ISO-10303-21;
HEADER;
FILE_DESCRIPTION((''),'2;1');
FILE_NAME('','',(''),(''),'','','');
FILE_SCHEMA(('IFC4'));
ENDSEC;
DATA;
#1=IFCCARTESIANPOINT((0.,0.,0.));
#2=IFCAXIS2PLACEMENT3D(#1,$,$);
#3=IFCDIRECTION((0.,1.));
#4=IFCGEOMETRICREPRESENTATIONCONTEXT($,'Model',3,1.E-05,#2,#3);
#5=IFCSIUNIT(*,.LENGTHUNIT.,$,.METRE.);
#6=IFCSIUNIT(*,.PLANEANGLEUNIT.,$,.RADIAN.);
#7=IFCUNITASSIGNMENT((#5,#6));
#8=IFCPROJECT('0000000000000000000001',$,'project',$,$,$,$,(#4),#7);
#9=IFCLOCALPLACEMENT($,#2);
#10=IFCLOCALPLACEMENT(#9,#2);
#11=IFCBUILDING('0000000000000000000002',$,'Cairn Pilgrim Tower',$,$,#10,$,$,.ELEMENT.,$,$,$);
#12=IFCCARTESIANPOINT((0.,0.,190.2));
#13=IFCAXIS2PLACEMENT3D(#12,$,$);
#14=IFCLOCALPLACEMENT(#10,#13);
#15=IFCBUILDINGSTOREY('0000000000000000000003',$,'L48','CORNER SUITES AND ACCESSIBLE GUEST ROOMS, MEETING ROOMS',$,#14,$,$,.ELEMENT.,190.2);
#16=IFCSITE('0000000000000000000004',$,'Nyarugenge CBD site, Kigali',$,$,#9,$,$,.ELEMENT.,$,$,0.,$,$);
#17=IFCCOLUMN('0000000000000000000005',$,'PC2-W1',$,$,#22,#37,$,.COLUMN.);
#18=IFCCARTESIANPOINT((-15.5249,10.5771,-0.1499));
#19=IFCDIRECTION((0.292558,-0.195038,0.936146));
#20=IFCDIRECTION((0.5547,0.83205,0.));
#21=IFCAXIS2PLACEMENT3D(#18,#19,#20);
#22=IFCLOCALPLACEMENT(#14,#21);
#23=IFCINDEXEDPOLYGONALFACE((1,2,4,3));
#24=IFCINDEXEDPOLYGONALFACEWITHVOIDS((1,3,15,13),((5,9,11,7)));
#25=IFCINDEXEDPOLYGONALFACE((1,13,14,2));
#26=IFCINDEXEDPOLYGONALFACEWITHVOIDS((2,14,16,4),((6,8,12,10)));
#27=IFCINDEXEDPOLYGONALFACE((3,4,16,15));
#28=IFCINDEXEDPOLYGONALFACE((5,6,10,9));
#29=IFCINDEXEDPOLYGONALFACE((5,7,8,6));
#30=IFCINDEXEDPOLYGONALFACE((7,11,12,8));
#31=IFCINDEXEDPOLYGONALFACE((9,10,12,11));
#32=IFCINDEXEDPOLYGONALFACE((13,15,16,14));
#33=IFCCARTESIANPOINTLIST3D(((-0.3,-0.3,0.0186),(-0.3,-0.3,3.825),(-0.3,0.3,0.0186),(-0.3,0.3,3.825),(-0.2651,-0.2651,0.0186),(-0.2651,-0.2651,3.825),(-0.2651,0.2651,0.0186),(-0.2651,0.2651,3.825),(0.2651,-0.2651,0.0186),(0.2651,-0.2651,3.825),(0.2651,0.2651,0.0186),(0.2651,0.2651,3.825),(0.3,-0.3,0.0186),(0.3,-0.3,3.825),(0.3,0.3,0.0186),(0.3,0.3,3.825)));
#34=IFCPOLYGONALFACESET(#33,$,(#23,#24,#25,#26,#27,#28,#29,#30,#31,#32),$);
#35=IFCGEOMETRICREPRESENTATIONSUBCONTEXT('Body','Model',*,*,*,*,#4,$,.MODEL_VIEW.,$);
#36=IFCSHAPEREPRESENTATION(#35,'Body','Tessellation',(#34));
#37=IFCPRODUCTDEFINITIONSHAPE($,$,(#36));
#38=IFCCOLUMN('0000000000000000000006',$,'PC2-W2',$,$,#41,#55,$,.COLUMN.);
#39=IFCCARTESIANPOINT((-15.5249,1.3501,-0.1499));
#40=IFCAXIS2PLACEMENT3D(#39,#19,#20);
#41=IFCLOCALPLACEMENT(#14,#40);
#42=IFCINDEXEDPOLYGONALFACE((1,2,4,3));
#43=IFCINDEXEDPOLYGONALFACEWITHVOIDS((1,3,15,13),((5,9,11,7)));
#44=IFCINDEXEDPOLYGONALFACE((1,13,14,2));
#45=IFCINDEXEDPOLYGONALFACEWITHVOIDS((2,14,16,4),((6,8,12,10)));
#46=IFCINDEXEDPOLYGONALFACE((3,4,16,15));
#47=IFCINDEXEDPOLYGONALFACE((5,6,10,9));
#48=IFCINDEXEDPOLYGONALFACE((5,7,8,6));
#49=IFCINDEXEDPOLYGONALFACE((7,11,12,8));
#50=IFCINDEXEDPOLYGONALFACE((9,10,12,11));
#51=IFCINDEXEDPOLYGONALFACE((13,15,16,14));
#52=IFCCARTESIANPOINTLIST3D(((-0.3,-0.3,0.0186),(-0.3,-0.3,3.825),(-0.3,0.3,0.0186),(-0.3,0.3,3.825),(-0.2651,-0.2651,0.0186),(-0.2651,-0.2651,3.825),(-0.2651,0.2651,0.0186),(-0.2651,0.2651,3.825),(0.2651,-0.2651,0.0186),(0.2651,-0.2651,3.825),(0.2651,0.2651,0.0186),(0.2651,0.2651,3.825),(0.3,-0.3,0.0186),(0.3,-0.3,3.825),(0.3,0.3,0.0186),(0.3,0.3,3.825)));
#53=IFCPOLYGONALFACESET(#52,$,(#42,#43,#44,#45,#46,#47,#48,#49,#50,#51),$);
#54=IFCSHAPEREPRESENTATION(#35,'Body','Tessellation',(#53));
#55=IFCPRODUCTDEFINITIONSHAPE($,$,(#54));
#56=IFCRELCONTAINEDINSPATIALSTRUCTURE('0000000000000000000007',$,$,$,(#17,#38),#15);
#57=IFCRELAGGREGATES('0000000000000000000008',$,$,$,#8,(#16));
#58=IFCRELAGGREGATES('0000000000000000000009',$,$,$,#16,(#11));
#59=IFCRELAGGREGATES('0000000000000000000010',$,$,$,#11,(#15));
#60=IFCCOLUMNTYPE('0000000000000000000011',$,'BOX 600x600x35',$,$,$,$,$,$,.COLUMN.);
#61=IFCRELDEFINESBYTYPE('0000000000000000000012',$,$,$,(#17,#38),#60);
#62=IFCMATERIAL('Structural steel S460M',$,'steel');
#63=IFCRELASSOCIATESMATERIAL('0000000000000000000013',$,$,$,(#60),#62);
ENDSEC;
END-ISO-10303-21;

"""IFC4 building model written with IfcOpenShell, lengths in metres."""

from ifc_helpers import new_model, si_unit, direction, frame, origin, origin_2d, place, context, subcontext, project, spatial, hollow_rectangle, extrude, clip, halfspace, material, material_profile, profile_set, type_object, element, save


model = new_model("IFC4")

# Units and contexts
model_context = context("Model", 3, precision=1e-05, world=origin(), true_north=direction((0.0, 1.0)))
body_context = subcontext(model_context, "Body", "Model", "MODEL_VIEW")
ifc_project = project(units=[si_unit("LENGTHUNIT", "METRE"), si_unit("PLANEANGLEUNIT", "RADIAN")], contexts=[model_context])

# Site, building, storey
site_placement = place(None, origin())
site = spatial("IfcSite", under=ifc_project, at=site_placement, Name="Nyarugenge CBD site, Kigali", CompositionType="ELEMENT", RefElevation=0.0)
building_placement = place(site_placement, origin())
building = spatial("IfcBuilding", under=site, at=building_placement, Name="Cairn Pilgrim Tower", CompositionType="ELEMENT")
storey_placement = place(building_placement, frame((0.0, 0.0, 190.2)))
storey = spatial("IfcBuildingStorey", under=building, at=storey_placement, Name="L48", Description="CORNER SUITES AND ACCESSIBLE GUEST ROOMS, MEETING ROOMS", CompositionType="ELEMENT", Elevation=190.2)

# Columns
ifc_material_1 = material(Name="Structural steel S460M", Category="steel")
ifc_material_profile_1 = material_profile(ifc_material_1, hollow_rectangle(XDim=0.6001, YDim=0.6001, WallThickness=0.0349, at=origin_2d()), Name="BOX 600x600x35")
ifc_profile_set_1 = profile_set([ifc_material_profile_1], Name="Structural steel S460M")
column_type_1 = type_object("IfcColumnType", Name="BOX 600x600x35", PredefinedType="COLUMN", material=ifc_profile_set_1)
for number, where, z_axis, x_axis, name in (
    (1, (-15.5249, 10.5771, -0.1499), (0.292558, -0.195038, 0.936146), (0.5547, 0.83205, 0.0), "PC2-W1"),
    (2, (-15.5249, 1.3501, -0.1499), (0.292558, -0.195038, 0.936146), (0.5547, 0.83205, 0.0), "PC2-W2"),
):
    element("IfcColumn", number, at=place(storey_placement, frame(where, z_axis=z_axis, x_axis=x_axis)), inside=storey, type_object=column_type_1, Name=name, PredefinedType="COLUMN", context=body_context, shape_type="Clipping", body=[
        clip(clip(extrude(hollow_rectangle(XDim=0.6001, YDim=0.6001, WallThickness=0.0349, at=origin_2d()), origin(), (0.0, 0.0, 1.0), 3.8455), halfspace(frame((0.0, 0.0, 0.0186), z_axis=(0.0, 0.0, 1.0), x_axis=(1.0, 0.0, 0.0)), True)), halfspace(frame((0.0, 0.0, 3.825), z_axis=(0.0, 0.0, 1.0), x_axis=(1.0, 0.0, 0.0)), False)),
    ])

save(model, "model.ifc")
